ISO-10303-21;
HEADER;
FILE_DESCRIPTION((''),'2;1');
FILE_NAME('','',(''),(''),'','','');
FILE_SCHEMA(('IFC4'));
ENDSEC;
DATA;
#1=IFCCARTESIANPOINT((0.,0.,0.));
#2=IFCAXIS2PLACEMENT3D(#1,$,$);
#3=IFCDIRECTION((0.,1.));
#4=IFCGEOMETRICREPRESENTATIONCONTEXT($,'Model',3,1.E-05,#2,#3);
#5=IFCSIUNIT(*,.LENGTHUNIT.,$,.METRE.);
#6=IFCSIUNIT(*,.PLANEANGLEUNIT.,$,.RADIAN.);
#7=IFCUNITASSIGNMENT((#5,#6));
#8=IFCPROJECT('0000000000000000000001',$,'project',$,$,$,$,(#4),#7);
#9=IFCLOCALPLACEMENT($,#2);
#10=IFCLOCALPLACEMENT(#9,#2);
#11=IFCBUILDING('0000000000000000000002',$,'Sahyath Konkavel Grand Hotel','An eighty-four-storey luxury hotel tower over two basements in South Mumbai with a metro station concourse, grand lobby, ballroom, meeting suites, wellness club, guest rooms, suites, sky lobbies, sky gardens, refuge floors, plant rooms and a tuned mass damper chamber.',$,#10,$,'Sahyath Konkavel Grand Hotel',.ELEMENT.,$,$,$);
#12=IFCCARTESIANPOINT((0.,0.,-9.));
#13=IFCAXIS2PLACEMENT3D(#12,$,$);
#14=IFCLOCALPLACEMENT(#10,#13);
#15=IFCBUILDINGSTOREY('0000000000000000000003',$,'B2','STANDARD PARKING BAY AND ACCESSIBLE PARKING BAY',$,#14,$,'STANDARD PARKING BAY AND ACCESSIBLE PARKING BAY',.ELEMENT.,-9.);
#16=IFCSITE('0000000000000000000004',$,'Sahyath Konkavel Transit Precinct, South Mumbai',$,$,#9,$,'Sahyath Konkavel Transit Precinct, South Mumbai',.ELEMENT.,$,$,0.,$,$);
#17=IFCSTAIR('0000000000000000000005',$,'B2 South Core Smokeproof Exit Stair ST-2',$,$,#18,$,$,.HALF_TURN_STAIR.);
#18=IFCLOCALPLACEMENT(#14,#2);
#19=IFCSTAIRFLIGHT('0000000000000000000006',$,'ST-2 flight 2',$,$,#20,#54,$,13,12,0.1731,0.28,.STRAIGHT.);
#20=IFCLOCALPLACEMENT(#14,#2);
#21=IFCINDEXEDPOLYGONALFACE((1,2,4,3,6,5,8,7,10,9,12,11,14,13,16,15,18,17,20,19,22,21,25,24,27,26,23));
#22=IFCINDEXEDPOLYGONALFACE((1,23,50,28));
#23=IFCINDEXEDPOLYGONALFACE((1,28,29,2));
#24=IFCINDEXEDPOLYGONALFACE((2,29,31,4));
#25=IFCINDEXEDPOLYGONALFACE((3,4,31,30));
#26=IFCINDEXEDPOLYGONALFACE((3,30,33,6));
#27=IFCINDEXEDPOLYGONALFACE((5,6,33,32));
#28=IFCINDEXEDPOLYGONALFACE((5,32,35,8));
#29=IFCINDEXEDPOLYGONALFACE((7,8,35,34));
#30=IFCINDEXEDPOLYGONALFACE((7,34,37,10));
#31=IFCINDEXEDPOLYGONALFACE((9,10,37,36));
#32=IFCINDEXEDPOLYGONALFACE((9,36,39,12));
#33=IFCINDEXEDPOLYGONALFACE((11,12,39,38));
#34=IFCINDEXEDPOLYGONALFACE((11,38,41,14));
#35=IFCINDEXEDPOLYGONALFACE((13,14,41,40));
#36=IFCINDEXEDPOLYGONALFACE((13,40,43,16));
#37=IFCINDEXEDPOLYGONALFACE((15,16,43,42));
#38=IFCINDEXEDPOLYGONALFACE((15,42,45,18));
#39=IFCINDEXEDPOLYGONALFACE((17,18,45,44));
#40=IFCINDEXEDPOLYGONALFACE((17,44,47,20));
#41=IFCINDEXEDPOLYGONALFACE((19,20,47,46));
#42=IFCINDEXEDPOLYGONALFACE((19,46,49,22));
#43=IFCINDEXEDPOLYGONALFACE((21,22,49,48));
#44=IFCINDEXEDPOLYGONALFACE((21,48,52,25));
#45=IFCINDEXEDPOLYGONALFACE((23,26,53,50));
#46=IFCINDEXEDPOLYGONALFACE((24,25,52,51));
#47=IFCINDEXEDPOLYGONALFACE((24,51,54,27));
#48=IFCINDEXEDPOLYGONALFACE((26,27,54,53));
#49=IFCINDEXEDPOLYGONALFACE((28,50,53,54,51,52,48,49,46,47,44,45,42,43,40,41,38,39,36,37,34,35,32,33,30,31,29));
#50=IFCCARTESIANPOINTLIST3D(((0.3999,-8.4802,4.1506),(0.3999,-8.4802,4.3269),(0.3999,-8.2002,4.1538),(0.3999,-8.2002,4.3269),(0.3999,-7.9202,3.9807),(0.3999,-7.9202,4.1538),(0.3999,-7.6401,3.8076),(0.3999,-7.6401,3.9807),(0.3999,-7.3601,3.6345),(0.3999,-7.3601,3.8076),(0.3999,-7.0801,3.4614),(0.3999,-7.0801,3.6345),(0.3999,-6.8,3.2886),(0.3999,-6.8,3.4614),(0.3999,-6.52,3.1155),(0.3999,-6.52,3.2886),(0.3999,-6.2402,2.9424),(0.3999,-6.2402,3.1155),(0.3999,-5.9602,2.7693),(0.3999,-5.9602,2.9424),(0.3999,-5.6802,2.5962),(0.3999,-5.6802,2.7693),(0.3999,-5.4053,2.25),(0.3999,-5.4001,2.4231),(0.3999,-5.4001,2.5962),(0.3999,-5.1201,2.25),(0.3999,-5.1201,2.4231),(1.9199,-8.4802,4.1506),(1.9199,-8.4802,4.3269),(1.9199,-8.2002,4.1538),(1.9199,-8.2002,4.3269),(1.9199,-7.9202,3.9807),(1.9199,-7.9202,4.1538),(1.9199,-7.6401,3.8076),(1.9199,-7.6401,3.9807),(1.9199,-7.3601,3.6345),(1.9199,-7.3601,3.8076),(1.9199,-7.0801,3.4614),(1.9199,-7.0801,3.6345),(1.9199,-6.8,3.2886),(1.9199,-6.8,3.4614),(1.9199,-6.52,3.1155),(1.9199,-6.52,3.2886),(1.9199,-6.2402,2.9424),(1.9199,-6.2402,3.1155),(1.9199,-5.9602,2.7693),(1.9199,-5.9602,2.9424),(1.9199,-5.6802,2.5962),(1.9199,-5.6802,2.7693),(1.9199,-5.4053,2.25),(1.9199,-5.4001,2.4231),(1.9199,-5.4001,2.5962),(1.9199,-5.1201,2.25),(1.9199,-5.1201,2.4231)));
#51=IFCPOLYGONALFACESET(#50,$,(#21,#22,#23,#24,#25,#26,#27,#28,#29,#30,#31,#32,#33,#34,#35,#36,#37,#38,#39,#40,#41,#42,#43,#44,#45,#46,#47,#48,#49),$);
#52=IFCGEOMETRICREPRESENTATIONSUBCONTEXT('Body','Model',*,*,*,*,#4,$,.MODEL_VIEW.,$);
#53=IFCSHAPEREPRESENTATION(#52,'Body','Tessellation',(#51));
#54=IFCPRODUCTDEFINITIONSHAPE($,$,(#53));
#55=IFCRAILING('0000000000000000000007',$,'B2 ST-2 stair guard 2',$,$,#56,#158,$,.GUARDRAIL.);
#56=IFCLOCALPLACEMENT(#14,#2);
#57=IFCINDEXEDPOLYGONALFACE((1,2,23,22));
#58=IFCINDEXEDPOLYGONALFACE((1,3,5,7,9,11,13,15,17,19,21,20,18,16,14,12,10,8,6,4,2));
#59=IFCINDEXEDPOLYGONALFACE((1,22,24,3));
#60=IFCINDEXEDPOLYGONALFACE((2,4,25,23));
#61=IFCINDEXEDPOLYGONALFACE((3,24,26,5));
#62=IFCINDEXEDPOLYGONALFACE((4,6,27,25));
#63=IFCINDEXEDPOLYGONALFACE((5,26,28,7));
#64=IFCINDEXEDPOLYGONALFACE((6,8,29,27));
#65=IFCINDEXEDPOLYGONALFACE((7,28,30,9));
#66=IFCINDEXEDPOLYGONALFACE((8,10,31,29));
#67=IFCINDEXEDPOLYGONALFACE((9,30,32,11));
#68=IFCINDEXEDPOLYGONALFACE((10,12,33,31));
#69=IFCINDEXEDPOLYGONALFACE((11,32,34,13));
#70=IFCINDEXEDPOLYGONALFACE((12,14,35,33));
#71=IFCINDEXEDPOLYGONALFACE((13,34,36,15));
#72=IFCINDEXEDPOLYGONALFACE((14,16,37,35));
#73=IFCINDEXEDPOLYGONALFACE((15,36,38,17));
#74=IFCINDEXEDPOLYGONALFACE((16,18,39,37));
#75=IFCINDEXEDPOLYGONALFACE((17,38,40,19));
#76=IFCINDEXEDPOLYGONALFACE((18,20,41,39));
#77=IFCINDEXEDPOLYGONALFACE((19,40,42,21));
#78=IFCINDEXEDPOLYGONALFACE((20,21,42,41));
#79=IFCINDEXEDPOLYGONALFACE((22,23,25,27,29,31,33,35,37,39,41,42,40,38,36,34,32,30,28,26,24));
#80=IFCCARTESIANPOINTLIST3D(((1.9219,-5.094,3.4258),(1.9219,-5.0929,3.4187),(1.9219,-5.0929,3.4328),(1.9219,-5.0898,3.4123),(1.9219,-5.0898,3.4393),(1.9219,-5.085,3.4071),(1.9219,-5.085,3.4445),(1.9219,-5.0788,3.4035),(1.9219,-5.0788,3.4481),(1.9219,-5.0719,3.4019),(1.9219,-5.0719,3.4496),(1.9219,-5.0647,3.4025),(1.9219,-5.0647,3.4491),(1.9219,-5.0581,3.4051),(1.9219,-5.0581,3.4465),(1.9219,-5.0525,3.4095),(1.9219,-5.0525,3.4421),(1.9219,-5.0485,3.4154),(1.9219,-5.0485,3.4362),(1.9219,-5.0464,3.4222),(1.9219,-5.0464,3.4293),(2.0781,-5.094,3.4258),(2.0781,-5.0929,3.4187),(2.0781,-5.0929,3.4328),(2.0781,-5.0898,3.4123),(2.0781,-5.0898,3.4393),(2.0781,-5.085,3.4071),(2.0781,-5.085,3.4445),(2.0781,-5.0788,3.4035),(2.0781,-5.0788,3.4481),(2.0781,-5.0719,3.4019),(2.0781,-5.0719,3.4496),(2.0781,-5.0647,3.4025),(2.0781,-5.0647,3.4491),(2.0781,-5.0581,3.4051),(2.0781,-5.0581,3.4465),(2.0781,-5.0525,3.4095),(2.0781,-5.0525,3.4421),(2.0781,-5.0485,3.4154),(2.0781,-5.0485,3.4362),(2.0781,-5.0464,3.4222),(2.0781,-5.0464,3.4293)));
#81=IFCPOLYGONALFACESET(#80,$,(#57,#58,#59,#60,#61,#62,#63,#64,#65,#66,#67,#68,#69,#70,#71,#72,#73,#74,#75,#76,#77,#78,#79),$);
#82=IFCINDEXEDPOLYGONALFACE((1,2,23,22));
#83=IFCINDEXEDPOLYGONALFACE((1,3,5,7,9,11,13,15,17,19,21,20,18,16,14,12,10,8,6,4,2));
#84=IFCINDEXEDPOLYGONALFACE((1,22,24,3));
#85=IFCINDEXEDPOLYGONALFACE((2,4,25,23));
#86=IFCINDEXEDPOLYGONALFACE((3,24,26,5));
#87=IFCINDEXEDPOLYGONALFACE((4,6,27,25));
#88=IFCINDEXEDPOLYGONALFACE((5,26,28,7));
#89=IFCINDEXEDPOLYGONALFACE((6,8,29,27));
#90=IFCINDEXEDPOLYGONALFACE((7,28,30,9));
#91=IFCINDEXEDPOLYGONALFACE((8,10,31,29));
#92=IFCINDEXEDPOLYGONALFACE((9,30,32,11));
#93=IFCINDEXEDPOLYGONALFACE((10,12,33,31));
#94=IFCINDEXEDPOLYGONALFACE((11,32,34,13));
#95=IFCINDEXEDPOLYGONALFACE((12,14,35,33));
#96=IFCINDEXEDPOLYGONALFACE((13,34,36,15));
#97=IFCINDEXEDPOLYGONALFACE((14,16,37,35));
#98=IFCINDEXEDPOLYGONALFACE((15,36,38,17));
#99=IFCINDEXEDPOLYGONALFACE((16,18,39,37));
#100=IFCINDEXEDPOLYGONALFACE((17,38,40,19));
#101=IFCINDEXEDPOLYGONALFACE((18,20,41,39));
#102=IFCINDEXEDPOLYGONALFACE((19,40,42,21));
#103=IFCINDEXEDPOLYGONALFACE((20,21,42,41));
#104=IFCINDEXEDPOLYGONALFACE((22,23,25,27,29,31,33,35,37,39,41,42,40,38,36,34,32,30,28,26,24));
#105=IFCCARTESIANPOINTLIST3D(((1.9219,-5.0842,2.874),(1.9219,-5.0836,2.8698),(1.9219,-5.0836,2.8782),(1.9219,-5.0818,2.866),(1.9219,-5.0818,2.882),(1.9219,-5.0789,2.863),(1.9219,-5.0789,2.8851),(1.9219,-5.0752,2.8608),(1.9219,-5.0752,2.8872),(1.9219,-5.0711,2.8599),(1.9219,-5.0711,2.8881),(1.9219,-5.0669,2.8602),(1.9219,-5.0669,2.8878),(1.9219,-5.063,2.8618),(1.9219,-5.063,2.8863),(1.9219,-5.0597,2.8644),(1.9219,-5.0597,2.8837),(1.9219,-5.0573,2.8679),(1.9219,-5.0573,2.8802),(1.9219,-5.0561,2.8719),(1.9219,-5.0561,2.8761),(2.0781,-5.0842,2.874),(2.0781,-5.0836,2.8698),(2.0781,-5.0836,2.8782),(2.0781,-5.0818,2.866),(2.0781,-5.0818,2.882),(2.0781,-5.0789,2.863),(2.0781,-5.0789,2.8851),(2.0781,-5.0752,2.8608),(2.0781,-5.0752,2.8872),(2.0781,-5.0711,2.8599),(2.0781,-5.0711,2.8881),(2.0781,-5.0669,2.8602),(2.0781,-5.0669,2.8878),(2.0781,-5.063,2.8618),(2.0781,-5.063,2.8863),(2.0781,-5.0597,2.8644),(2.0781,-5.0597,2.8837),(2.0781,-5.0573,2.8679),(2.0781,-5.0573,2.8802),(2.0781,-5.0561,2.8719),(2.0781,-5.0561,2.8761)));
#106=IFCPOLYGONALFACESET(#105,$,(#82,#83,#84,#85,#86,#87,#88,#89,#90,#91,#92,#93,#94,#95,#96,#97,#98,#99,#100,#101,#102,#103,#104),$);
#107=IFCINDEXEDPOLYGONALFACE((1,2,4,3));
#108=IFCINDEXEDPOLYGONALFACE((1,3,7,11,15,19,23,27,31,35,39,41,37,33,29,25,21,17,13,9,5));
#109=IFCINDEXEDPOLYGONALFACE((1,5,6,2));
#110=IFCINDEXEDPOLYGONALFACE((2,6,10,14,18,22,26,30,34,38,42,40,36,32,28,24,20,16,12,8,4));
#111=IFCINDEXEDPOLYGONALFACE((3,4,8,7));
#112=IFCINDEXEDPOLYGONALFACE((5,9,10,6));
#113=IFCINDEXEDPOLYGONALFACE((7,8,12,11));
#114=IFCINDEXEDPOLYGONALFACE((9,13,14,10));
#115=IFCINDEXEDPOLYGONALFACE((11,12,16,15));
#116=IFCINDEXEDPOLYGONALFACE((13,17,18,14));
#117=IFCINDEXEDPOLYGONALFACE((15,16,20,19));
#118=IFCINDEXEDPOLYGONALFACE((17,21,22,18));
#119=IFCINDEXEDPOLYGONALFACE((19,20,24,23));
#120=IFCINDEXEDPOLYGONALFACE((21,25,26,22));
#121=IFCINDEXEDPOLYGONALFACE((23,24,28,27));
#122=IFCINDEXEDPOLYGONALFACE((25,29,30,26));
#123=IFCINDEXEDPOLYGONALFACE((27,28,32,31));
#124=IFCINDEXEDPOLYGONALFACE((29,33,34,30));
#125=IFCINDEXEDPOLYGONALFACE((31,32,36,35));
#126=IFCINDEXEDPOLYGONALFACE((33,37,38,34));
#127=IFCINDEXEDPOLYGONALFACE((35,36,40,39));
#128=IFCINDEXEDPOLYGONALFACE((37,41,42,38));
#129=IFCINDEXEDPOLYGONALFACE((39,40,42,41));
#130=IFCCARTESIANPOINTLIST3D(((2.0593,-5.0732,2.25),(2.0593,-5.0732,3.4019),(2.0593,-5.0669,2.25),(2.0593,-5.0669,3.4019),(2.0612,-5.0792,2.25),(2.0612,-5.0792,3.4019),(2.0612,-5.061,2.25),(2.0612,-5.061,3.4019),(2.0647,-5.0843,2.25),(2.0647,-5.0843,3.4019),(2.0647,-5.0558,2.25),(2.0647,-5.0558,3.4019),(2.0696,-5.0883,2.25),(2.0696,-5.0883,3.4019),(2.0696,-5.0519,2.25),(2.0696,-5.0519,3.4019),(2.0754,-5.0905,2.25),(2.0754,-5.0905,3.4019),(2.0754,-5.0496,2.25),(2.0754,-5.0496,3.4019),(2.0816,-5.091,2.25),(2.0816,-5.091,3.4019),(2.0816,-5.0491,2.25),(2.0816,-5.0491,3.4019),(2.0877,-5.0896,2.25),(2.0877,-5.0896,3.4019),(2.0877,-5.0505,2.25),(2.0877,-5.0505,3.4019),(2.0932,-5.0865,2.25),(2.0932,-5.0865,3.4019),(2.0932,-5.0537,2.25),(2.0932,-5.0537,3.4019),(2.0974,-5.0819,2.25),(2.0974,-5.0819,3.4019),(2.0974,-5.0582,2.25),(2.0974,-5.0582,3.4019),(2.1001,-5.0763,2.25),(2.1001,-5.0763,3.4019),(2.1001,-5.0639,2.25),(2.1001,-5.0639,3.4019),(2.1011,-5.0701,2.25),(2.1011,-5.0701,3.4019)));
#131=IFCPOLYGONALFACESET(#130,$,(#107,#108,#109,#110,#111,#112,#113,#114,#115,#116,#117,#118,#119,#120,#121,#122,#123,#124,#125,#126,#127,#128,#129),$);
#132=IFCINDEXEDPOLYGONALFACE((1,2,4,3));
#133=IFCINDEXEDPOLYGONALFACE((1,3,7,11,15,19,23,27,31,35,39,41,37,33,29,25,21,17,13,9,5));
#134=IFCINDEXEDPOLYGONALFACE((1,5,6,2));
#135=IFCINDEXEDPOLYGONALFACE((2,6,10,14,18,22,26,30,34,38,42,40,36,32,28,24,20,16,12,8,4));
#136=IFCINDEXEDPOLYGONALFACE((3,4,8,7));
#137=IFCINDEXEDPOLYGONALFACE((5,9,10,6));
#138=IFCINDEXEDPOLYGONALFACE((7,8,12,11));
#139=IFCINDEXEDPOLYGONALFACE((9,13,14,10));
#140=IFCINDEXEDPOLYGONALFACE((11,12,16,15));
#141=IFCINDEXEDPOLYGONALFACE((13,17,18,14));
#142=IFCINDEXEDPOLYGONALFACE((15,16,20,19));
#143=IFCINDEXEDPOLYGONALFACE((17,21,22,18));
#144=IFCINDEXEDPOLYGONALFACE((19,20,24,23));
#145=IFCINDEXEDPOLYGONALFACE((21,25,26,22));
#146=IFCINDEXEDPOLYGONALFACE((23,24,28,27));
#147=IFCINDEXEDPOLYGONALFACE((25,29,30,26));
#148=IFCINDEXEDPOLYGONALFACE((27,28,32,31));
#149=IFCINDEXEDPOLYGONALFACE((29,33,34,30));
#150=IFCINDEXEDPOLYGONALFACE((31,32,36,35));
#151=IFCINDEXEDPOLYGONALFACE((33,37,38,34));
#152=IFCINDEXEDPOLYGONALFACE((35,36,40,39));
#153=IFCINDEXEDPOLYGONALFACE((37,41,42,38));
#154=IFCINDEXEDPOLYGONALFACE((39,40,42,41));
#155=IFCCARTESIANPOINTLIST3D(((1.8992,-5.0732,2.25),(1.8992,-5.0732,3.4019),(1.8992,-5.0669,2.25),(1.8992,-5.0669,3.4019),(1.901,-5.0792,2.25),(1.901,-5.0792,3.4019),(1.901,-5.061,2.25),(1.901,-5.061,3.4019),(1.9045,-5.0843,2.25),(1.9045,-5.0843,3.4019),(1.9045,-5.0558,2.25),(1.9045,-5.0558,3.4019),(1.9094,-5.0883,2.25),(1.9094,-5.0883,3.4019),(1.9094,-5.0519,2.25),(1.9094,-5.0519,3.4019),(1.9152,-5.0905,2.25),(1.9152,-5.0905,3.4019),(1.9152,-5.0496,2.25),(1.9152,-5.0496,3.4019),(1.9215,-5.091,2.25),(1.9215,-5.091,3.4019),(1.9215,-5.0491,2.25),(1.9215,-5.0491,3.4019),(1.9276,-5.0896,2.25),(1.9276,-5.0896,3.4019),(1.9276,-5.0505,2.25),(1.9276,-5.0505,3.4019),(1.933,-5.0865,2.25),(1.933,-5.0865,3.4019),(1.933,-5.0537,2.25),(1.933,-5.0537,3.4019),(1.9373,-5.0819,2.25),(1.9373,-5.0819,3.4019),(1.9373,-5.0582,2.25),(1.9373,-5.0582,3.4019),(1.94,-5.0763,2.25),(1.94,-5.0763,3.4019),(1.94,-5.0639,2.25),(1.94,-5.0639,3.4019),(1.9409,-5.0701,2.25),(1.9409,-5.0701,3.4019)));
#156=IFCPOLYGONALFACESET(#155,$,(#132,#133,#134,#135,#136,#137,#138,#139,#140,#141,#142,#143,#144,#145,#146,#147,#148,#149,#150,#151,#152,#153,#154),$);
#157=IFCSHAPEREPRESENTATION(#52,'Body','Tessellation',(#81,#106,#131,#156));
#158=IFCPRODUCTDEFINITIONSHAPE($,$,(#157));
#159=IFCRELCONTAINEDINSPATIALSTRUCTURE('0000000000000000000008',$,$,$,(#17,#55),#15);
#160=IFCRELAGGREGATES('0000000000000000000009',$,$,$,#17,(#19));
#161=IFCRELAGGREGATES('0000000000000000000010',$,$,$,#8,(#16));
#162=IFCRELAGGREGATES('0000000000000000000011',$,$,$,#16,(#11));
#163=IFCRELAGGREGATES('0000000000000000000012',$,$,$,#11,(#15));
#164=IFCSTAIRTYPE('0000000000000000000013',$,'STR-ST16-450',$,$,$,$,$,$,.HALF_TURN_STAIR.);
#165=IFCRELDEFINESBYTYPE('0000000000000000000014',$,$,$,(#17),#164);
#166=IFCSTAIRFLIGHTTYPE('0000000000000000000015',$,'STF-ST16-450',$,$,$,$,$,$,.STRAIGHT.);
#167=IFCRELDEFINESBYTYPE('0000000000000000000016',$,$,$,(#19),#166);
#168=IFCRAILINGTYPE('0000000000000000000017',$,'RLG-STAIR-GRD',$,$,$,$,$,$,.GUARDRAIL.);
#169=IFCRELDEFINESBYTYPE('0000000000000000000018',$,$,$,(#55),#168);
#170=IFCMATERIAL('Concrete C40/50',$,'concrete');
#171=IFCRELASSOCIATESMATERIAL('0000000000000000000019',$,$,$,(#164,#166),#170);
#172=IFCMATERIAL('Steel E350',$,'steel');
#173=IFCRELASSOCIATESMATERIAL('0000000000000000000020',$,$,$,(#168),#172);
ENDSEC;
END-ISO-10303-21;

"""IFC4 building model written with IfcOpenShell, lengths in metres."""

from ifc_helpers import new_model, si_unit, direction, frame, origin, origin_2d, place, context, subcontext, project, spatial, polyline, circle, outline, extrude, material, type_object, element, aggregate, save


model = new_model("IFC4")

# Units and contexts
model_context = context("Model", 3, precision=1e-05, world=origin(), true_north=direction((0.0, 1.0)))
body_context = subcontext(model_context, "Body", "Model", "MODEL_VIEW")
ifc_project = project(units=[si_unit("LENGTHUNIT", "METRE"), si_unit("PLANEANGLEUNIT", "RADIAN")], contexts=[model_context])

# Site, building, storey
site_placement = place(None, origin())
site = spatial("IfcSite", under=ifc_project, at=site_placement, Name="Sahyath Konkavel Transit Precinct, South Mumbai", LongName="Sahyath Konkavel Transit Precinct, South Mumbai", CompositionType="ELEMENT", RefElevation=0.0)
building_placement = place(site_placement, origin())
building = spatial("IfcBuilding", under=site, at=building_placement, Name="Sahyath Konkavel Grand Hotel", Description="An eighty-four-storey luxury hotel tower over two basements in South Mumbai with a metro station concourse, grand lobby, ballroom, meeting suites, wellness club, guest rooms, suites, sky lobbies, sky gardens, refuge floors, plant rooms and a tuned mass damper chamber.", LongName="Sahyath Konkavel Grand Hotel", CompositionType="ELEMENT")
storey_placement = place(building_placement, frame((0.0, 0.0, -9.0)))
storey = spatial("IfcBuildingStorey", under=building, at=storey_placement, Name="B2", Description="STANDARD PARKING BAY AND ACCESSIBLE PARKING BAY", LongName="STANDARD PARKING BAY AND ACCESSIBLE PARKING BAY", CompositionType="ELEMENT", Elevation=-9.0)

# Shared definitions
ifc_material_1 = material(Name="Steel E350", Category="steel")

# Shared definitions
ifc_material_2 = material(Name="Concrete C40/50", Category="concrete")

# Stair, stair flight
stair_type = type_object("IfcStairType", Name="STR-ST16-450", PredefinedType="HALF_TURN_STAIR", material=ifc_material_2)
stair_placement = place(storey_placement, origin())
stair = element("IfcStair", 1, at=stair_placement, inside=storey, type_object=stair_type, Name="B2 South Core Smokeproof Exit Stair ST-2", PredefinedType="HALF_TURN_STAIR")
stair_flight_type = type_object("IfcStairFlightType", Name="STF-ST16-450", PredefinedType="STRAIGHT", material=ifc_material_2)
stair_flight_placement = place(storey_placement, frame((1.1599, -5.1201, 2.25), z_axis=(0.0, 0.0, 1.0), x_axis=(0.0, -1.0, 0.0)))
stair_flight = element("IfcStairFlight", 2, at=stair_flight_placement, type_object=stair_flight_type, Name="ST-2 flight 2", NumberOfRisers=13, NumberOfTreads=12, PredefinedType="STRAIGHT", RiserHeight=0.1731, TreadLength=0.28, context=body_context, shape_type="SweptSolid", body=[
    extrude(outline(polyline([(0.0, 0.0), (0.0, 0.1731), (0.28, 0.1731), (0.28, 0.3462), (0.5601, 0.3462), (0.5601, 0.5193), (0.8401, 0.5193), (0.8401, 0.6924), (1.1201, 0.6924), (1.1201, 0.8655), (1.3999, 0.8655), (1.3999, 1.0386), (1.6799, 1.0386), (1.6799, 1.2114), (1.96, 1.2114), (1.96, 1.3845), (2.24, 1.3845), (2.24, 1.5576), (2.52, 1.5576), (2.52, 1.7307), (2.8, 1.7307), (2.8, 1.9038), (3.0801, 1.9038), (3.0801, 2.0769), (3.3601, 2.0769), (3.3601, 2.25), (3.3601, 1.9006), (0.2852, 0.0), (0.0, 0.0)])), frame((0.0, 0.76, 0.0), z_axis=(0.0, -1.0, 0.0), x_axis=(1.0, 0.0, 0.0)), (0.0, 0.0, 1.0), 1.52),
])
aggregate(stair, [stair_flight])

# Railing
railing_type = type_object("IfcRailingType", Name="RLG-STAIR-GRD", PredefinedType="GUARDRAIL", material=ifc_material_1)
railing_1_placement = place(storey_placement, frame((2.0801, -5.0701, 2.25)))
element("IfcRailing", 3, at=railing_1_placement, inside=storey, type_object=railing_type, Name="B2 ST-2 stair guard 2", PredefinedType="GUARDRAIL", context=body_context, shape_type="SweptSolid", body=[
    extrude(circle(Radius=0.0239, at=origin_2d()), frame((-0.002, 0.0, 1.1758), z_axis=(-1.0, 0.0, 0.0), x_axis=(0.0, -1.0, 0.0)), (0.0, 0.0, 1.0), 0.1562),
    extrude(circle(Radius=0.0142, at=origin_2d()), frame((-0.002, 0.0, 0.624), z_axis=(-1.0, 0.0, 0.0), x_axis=(0.0, -1.0, 0.0)), (0.0, 0.0, 1.0), 0.1562),
    extrude(circle(Radius=0.021, at=origin_2d()), origin(), (0.0, 0.0, 1.0), 1.1519),
    extrude(circle(Radius=0.021, at=origin_2d()), frame((-0.1602, 0.0, 0.0)), (0.0, 0.0, 1.0), 1.1519),
])

save(model, "model.ifc")
